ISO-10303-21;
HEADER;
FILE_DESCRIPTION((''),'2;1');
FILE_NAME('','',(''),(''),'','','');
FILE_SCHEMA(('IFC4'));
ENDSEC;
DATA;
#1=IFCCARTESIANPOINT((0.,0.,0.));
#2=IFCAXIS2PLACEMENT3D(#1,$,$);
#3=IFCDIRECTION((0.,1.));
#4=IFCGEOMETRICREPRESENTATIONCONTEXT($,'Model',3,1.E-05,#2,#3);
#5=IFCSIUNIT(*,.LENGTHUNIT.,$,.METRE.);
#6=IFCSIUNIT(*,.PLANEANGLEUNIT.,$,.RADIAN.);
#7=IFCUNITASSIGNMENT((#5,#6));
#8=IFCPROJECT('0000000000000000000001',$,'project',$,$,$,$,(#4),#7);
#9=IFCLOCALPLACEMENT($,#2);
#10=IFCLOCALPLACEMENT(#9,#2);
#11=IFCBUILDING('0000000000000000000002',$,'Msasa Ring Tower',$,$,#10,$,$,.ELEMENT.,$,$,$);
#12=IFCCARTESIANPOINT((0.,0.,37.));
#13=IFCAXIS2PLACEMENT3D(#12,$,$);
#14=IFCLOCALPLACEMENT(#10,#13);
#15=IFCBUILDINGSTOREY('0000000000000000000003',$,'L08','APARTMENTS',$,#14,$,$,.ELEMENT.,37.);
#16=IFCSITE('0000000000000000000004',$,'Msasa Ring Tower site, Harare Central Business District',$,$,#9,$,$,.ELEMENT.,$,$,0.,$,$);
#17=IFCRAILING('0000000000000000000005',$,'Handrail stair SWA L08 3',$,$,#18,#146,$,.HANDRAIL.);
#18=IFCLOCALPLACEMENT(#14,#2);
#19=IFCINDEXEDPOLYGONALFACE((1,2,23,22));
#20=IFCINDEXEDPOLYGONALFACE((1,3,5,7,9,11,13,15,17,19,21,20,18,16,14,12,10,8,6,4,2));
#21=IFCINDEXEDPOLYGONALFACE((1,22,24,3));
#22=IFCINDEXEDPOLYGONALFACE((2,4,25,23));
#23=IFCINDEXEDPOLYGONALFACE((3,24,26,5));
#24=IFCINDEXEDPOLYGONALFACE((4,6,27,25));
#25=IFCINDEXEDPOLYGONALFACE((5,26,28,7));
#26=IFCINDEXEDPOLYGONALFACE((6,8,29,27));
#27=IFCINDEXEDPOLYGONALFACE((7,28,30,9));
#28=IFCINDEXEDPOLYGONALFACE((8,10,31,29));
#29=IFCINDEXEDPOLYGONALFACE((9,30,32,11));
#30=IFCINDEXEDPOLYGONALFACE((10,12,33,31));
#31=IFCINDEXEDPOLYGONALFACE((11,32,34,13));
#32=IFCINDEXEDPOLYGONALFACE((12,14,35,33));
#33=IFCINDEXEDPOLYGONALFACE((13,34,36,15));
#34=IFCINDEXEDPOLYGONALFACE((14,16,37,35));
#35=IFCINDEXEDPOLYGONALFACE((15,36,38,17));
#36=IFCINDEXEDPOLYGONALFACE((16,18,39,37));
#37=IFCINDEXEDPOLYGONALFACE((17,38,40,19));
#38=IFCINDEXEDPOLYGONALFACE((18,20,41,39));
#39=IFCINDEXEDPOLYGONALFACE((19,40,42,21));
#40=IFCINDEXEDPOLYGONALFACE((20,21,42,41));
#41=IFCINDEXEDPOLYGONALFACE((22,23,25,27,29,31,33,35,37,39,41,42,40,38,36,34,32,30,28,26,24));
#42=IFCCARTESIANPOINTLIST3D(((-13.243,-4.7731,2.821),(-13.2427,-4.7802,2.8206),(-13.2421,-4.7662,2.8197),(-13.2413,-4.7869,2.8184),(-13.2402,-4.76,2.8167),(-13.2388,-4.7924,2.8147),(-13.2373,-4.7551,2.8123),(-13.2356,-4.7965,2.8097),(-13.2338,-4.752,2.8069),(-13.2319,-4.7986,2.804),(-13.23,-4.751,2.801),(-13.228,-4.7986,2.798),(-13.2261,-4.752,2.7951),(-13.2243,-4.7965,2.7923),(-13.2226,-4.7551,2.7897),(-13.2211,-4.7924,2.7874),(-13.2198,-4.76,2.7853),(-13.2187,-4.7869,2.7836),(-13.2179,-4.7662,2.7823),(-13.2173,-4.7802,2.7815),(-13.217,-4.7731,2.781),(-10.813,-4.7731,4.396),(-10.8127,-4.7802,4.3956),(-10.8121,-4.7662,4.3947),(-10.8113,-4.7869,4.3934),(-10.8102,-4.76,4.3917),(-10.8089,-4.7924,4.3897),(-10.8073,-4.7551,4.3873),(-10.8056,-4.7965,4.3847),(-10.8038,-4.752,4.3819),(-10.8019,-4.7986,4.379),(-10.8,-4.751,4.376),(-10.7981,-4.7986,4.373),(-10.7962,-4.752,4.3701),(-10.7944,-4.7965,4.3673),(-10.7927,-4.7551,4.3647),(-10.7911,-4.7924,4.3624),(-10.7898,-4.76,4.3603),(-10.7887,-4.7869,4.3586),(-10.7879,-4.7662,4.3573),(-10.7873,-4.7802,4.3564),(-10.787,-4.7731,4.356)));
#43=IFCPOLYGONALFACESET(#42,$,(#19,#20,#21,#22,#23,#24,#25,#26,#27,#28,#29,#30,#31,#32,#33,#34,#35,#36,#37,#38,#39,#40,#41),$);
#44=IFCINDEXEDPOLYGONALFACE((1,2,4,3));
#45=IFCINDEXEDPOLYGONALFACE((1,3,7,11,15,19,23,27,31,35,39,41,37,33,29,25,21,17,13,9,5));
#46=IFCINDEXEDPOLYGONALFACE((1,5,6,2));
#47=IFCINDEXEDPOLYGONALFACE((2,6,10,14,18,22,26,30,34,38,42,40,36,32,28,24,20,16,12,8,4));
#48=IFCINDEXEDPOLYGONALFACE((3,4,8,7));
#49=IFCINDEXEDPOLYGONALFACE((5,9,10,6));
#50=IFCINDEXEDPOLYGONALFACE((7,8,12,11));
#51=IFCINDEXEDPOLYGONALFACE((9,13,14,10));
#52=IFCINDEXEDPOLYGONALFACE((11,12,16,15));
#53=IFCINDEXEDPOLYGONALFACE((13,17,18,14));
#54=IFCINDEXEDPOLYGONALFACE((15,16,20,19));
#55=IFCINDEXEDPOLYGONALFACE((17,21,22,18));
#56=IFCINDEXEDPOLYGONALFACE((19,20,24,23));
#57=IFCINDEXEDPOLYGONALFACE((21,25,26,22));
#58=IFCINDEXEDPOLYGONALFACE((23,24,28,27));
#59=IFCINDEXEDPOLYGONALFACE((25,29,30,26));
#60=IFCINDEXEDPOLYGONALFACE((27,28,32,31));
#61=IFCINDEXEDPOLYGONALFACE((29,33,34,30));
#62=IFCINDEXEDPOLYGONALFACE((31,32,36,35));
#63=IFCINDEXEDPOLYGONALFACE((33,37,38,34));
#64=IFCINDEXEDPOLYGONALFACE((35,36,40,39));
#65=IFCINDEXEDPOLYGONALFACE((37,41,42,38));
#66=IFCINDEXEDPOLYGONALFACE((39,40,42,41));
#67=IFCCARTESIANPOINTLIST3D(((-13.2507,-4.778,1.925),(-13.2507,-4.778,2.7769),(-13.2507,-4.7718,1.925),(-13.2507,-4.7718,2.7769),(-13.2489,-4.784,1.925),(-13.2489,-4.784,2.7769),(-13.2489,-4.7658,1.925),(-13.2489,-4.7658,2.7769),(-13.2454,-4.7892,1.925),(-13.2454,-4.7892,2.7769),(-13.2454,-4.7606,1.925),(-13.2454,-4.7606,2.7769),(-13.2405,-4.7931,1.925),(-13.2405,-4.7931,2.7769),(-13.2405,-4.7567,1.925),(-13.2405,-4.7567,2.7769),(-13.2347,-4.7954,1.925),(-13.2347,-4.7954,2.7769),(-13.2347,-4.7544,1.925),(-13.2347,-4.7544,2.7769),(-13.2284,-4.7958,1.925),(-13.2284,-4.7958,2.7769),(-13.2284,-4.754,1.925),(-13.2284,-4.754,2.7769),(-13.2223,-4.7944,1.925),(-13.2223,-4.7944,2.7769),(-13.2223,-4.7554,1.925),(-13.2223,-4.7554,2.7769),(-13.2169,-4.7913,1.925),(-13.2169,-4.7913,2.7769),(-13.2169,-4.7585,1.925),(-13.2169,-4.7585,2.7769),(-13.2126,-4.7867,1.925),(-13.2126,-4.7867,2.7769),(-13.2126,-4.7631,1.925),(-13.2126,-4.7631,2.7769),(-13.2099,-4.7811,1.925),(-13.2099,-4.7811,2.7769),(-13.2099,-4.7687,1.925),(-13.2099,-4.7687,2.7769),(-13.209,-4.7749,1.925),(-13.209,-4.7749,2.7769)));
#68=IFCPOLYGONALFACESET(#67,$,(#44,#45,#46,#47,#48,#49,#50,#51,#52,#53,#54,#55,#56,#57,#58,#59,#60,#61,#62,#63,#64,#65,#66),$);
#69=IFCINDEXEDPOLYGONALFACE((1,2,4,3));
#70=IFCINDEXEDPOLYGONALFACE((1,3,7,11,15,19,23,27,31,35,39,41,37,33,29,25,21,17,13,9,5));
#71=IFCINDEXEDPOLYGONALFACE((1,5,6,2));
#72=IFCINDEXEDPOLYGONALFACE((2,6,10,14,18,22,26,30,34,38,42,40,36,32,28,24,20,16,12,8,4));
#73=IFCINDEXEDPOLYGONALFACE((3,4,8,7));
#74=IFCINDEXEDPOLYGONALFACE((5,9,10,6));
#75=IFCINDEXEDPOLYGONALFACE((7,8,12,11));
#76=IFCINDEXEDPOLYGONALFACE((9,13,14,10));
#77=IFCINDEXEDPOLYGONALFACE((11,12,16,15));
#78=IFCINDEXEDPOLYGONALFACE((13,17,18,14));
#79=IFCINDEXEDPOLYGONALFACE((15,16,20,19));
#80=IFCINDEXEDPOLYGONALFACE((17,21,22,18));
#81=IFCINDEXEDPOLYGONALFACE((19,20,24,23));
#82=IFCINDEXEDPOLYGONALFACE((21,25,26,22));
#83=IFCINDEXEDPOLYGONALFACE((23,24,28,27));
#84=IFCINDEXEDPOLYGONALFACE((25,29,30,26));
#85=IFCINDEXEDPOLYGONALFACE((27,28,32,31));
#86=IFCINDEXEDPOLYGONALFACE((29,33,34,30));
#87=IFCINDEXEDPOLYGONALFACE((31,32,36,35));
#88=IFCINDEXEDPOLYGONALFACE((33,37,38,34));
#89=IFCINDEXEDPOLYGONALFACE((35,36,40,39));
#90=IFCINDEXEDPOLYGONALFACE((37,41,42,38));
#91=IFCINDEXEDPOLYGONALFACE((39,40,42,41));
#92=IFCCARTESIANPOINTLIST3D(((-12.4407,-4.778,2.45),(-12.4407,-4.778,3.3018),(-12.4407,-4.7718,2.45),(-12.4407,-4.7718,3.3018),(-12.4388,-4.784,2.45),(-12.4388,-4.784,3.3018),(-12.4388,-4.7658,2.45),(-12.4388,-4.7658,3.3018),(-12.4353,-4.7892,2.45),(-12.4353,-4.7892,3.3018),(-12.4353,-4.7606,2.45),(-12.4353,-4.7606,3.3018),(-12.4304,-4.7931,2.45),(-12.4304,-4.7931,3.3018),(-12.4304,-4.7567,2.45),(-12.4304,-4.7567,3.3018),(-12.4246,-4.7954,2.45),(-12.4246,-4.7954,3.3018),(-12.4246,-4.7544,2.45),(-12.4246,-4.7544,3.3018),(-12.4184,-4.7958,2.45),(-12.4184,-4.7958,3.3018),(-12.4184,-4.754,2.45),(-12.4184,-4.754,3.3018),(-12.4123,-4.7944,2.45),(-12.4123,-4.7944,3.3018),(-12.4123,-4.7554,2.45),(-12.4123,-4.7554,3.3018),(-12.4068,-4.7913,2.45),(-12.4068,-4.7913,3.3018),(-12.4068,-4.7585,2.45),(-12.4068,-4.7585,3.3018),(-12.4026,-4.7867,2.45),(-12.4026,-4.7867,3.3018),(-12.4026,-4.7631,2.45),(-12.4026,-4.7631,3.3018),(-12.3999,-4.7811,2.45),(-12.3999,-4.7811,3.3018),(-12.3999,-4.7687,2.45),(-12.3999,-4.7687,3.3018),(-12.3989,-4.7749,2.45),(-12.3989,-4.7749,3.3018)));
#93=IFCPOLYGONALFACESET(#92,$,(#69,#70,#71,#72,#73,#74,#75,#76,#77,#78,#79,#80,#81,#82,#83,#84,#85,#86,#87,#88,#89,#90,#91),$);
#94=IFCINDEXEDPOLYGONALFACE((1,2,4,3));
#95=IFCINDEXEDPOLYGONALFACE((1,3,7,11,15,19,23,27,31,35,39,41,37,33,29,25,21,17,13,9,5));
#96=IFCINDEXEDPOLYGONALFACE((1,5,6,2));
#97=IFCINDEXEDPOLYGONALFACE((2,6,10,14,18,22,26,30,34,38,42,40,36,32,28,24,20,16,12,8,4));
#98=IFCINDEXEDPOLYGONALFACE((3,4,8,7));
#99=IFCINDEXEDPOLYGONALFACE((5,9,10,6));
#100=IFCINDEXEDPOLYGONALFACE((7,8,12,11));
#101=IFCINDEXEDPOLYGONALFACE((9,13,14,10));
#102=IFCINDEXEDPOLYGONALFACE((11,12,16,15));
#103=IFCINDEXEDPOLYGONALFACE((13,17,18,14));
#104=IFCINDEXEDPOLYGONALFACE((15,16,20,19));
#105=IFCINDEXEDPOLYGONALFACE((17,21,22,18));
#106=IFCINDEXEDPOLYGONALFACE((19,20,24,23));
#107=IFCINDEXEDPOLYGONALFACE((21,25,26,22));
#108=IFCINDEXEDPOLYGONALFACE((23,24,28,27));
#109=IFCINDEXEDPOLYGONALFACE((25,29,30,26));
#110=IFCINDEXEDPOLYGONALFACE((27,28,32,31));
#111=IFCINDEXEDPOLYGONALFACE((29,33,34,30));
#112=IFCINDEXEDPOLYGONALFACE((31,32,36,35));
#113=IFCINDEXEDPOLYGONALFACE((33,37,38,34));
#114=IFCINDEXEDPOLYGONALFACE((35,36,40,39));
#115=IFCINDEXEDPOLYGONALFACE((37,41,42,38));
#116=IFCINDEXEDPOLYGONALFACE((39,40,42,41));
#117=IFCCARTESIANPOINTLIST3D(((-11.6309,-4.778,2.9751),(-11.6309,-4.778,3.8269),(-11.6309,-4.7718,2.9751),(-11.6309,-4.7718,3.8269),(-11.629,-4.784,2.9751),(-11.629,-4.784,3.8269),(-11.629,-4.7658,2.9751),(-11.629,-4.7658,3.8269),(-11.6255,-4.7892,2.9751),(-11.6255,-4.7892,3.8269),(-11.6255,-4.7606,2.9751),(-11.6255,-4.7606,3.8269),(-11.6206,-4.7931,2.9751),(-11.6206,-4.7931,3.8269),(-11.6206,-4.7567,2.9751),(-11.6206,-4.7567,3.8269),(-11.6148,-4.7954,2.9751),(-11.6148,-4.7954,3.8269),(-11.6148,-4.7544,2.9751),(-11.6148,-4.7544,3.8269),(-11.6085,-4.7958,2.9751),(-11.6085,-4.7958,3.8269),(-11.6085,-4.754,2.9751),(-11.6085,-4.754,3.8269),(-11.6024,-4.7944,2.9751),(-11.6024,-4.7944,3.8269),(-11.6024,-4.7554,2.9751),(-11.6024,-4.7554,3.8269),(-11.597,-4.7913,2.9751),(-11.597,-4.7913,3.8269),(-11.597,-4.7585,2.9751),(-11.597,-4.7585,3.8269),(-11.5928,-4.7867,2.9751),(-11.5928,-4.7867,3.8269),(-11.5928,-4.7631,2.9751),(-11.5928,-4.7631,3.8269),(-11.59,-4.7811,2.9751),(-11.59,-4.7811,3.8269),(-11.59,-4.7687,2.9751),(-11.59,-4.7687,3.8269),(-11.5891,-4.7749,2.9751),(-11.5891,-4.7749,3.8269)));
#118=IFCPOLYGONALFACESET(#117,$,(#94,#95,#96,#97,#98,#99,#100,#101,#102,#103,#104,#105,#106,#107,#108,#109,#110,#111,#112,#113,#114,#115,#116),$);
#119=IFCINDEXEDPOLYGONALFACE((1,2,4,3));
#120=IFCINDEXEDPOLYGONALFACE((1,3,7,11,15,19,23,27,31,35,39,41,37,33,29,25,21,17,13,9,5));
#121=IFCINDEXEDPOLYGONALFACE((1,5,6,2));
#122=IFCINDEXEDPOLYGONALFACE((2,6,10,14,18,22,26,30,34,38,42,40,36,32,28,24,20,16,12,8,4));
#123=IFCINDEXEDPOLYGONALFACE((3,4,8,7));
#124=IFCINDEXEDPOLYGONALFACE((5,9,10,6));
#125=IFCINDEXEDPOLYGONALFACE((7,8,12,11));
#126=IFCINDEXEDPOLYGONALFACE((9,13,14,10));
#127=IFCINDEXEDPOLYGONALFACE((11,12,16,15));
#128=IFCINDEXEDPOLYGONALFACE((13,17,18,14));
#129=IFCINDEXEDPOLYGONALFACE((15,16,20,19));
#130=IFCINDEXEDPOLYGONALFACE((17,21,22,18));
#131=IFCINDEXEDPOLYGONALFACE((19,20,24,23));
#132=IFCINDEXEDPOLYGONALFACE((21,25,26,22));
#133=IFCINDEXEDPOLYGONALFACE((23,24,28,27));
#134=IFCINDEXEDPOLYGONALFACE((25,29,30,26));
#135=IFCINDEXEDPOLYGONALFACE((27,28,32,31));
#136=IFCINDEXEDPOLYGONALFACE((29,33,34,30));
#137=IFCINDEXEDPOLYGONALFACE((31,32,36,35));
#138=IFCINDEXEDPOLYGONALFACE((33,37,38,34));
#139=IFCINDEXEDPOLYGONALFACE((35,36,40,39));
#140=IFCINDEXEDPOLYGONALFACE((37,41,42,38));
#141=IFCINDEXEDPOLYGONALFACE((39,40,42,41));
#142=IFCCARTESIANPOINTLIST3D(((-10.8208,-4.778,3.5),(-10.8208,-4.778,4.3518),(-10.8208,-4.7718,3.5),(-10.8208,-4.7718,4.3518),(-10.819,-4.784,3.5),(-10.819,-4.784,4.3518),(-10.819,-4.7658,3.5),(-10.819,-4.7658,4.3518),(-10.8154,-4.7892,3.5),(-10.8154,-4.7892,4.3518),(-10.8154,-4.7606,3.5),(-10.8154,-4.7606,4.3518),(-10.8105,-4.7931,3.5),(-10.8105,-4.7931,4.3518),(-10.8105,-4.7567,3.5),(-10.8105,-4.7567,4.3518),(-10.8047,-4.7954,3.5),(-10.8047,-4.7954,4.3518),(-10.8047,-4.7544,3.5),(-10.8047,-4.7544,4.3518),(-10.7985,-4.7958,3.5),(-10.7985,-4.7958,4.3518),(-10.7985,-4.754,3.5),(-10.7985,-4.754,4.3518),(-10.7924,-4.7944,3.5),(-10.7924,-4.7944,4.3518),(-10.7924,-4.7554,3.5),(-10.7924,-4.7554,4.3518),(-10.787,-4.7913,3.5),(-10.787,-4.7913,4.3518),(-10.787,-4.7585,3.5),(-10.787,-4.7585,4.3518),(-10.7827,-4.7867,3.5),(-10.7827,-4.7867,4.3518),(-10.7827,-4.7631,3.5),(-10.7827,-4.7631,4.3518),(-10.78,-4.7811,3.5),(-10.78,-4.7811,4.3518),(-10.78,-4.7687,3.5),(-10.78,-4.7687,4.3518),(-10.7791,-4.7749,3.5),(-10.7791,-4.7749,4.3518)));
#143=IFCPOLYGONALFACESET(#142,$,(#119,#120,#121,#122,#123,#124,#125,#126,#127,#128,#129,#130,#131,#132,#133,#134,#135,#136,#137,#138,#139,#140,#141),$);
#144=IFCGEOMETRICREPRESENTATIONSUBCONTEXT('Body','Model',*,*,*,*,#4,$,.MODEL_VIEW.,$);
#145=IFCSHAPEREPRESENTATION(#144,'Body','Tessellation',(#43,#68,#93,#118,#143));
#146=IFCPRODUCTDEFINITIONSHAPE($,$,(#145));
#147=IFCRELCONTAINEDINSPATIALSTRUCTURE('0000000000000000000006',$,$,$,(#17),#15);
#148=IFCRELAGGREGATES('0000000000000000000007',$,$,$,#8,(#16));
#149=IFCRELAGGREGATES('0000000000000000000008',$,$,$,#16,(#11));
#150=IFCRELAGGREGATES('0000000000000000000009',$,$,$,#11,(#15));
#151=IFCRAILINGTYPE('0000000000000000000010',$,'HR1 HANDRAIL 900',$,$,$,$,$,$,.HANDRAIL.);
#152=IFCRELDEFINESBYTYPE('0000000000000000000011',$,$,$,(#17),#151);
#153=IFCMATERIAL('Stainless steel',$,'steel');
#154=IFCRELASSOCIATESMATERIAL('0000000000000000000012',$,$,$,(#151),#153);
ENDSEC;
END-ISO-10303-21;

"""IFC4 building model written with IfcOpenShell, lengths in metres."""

from ifc_helpers import new_model, si_unit, direction, frame, origin, origin_2d, place, context, subcontext, project, spatial, circle, extrude, material, type_object, element, save


model = new_model("IFC4")

# Units and contexts
model_context = context("Model", 3, precision=1e-05, world=origin(), true_north=direction((0.0, 1.0)))
body_context = subcontext(model_context, "Body", "Model", "MODEL_VIEW")
ifc_project = project(units=[si_unit("LENGTHUNIT", "METRE"), si_unit("PLANEANGLEUNIT", "RADIAN")], contexts=[model_context])

# Site, building, storey
site_placement = place(None, origin())
site = spatial("IfcSite", under=ifc_project, at=site_placement, Name="Msasa Ring Tower site, Harare Central Business District", CompositionType="ELEMENT", RefElevation=0.0)
building_placement = place(site_placement, origin())
building = spatial("IfcBuilding", under=site, at=building_placement, Name="Msasa Ring Tower", CompositionType="ELEMENT")
storey_placement = place(building_placement, frame((0.0, 0.0, 37.0)))
storey = spatial("IfcBuildingStorey", under=building, at=storey_placement, Name="L08", Description="APARTMENTS", CompositionType="ELEMENT", Elevation=37.0)

# Railing
ifc_material_1 = material(Name="Stainless steel", Category="steel")
railing_type = type_object("IfcRailingType", Name="HR1 HANDRAIL 900", PredefinedType="HANDRAIL", material=ifc_material_1)
for number, where, name in (
    (1, (-13.23, -4.7749, 1.925), "Handrail stair SWA L08 3"),
):
    element("IfcRailing", number, at=place(storey_placement, frame(where)), inside=storey, type_object=railing_type, Name=name, PredefinedType="HANDRAIL", context=body_context, shape_type="SweptSolid", body=[
        extrude(circle(Radius=0.0239, at=origin_2d()), frame((0.0, 0.0, 0.876), z_axis=(0.839154, 0.0, 0.543894), x_axis=(0.0, 1.0, 0.0)), (0.0, 0.0, 1.0), 2.8958),
        extrude(circle(Radius=0.021, at=origin_2d()), origin(), (0.0, 0.0, 1.0), 0.8518),
        extrude(circle(Radius=0.021, at=origin_2d()), frame((0.8101, 0.0, 0.5249)), (0.0, 0.0, 1.0), 0.8518),
        extrude(circle(Radius=0.021, at=origin_2d()), frame((1.6199, 0.0, 1.05)), (0.0, 0.0, 1.0), 0.8518),
        extrude(circle(Radius=0.021, at=origin_2d()), frame((2.4299, 0.0, 1.575)), (0.0, 0.0, 1.0), 0.8518),
    ])

save(model, "model.ifc")
